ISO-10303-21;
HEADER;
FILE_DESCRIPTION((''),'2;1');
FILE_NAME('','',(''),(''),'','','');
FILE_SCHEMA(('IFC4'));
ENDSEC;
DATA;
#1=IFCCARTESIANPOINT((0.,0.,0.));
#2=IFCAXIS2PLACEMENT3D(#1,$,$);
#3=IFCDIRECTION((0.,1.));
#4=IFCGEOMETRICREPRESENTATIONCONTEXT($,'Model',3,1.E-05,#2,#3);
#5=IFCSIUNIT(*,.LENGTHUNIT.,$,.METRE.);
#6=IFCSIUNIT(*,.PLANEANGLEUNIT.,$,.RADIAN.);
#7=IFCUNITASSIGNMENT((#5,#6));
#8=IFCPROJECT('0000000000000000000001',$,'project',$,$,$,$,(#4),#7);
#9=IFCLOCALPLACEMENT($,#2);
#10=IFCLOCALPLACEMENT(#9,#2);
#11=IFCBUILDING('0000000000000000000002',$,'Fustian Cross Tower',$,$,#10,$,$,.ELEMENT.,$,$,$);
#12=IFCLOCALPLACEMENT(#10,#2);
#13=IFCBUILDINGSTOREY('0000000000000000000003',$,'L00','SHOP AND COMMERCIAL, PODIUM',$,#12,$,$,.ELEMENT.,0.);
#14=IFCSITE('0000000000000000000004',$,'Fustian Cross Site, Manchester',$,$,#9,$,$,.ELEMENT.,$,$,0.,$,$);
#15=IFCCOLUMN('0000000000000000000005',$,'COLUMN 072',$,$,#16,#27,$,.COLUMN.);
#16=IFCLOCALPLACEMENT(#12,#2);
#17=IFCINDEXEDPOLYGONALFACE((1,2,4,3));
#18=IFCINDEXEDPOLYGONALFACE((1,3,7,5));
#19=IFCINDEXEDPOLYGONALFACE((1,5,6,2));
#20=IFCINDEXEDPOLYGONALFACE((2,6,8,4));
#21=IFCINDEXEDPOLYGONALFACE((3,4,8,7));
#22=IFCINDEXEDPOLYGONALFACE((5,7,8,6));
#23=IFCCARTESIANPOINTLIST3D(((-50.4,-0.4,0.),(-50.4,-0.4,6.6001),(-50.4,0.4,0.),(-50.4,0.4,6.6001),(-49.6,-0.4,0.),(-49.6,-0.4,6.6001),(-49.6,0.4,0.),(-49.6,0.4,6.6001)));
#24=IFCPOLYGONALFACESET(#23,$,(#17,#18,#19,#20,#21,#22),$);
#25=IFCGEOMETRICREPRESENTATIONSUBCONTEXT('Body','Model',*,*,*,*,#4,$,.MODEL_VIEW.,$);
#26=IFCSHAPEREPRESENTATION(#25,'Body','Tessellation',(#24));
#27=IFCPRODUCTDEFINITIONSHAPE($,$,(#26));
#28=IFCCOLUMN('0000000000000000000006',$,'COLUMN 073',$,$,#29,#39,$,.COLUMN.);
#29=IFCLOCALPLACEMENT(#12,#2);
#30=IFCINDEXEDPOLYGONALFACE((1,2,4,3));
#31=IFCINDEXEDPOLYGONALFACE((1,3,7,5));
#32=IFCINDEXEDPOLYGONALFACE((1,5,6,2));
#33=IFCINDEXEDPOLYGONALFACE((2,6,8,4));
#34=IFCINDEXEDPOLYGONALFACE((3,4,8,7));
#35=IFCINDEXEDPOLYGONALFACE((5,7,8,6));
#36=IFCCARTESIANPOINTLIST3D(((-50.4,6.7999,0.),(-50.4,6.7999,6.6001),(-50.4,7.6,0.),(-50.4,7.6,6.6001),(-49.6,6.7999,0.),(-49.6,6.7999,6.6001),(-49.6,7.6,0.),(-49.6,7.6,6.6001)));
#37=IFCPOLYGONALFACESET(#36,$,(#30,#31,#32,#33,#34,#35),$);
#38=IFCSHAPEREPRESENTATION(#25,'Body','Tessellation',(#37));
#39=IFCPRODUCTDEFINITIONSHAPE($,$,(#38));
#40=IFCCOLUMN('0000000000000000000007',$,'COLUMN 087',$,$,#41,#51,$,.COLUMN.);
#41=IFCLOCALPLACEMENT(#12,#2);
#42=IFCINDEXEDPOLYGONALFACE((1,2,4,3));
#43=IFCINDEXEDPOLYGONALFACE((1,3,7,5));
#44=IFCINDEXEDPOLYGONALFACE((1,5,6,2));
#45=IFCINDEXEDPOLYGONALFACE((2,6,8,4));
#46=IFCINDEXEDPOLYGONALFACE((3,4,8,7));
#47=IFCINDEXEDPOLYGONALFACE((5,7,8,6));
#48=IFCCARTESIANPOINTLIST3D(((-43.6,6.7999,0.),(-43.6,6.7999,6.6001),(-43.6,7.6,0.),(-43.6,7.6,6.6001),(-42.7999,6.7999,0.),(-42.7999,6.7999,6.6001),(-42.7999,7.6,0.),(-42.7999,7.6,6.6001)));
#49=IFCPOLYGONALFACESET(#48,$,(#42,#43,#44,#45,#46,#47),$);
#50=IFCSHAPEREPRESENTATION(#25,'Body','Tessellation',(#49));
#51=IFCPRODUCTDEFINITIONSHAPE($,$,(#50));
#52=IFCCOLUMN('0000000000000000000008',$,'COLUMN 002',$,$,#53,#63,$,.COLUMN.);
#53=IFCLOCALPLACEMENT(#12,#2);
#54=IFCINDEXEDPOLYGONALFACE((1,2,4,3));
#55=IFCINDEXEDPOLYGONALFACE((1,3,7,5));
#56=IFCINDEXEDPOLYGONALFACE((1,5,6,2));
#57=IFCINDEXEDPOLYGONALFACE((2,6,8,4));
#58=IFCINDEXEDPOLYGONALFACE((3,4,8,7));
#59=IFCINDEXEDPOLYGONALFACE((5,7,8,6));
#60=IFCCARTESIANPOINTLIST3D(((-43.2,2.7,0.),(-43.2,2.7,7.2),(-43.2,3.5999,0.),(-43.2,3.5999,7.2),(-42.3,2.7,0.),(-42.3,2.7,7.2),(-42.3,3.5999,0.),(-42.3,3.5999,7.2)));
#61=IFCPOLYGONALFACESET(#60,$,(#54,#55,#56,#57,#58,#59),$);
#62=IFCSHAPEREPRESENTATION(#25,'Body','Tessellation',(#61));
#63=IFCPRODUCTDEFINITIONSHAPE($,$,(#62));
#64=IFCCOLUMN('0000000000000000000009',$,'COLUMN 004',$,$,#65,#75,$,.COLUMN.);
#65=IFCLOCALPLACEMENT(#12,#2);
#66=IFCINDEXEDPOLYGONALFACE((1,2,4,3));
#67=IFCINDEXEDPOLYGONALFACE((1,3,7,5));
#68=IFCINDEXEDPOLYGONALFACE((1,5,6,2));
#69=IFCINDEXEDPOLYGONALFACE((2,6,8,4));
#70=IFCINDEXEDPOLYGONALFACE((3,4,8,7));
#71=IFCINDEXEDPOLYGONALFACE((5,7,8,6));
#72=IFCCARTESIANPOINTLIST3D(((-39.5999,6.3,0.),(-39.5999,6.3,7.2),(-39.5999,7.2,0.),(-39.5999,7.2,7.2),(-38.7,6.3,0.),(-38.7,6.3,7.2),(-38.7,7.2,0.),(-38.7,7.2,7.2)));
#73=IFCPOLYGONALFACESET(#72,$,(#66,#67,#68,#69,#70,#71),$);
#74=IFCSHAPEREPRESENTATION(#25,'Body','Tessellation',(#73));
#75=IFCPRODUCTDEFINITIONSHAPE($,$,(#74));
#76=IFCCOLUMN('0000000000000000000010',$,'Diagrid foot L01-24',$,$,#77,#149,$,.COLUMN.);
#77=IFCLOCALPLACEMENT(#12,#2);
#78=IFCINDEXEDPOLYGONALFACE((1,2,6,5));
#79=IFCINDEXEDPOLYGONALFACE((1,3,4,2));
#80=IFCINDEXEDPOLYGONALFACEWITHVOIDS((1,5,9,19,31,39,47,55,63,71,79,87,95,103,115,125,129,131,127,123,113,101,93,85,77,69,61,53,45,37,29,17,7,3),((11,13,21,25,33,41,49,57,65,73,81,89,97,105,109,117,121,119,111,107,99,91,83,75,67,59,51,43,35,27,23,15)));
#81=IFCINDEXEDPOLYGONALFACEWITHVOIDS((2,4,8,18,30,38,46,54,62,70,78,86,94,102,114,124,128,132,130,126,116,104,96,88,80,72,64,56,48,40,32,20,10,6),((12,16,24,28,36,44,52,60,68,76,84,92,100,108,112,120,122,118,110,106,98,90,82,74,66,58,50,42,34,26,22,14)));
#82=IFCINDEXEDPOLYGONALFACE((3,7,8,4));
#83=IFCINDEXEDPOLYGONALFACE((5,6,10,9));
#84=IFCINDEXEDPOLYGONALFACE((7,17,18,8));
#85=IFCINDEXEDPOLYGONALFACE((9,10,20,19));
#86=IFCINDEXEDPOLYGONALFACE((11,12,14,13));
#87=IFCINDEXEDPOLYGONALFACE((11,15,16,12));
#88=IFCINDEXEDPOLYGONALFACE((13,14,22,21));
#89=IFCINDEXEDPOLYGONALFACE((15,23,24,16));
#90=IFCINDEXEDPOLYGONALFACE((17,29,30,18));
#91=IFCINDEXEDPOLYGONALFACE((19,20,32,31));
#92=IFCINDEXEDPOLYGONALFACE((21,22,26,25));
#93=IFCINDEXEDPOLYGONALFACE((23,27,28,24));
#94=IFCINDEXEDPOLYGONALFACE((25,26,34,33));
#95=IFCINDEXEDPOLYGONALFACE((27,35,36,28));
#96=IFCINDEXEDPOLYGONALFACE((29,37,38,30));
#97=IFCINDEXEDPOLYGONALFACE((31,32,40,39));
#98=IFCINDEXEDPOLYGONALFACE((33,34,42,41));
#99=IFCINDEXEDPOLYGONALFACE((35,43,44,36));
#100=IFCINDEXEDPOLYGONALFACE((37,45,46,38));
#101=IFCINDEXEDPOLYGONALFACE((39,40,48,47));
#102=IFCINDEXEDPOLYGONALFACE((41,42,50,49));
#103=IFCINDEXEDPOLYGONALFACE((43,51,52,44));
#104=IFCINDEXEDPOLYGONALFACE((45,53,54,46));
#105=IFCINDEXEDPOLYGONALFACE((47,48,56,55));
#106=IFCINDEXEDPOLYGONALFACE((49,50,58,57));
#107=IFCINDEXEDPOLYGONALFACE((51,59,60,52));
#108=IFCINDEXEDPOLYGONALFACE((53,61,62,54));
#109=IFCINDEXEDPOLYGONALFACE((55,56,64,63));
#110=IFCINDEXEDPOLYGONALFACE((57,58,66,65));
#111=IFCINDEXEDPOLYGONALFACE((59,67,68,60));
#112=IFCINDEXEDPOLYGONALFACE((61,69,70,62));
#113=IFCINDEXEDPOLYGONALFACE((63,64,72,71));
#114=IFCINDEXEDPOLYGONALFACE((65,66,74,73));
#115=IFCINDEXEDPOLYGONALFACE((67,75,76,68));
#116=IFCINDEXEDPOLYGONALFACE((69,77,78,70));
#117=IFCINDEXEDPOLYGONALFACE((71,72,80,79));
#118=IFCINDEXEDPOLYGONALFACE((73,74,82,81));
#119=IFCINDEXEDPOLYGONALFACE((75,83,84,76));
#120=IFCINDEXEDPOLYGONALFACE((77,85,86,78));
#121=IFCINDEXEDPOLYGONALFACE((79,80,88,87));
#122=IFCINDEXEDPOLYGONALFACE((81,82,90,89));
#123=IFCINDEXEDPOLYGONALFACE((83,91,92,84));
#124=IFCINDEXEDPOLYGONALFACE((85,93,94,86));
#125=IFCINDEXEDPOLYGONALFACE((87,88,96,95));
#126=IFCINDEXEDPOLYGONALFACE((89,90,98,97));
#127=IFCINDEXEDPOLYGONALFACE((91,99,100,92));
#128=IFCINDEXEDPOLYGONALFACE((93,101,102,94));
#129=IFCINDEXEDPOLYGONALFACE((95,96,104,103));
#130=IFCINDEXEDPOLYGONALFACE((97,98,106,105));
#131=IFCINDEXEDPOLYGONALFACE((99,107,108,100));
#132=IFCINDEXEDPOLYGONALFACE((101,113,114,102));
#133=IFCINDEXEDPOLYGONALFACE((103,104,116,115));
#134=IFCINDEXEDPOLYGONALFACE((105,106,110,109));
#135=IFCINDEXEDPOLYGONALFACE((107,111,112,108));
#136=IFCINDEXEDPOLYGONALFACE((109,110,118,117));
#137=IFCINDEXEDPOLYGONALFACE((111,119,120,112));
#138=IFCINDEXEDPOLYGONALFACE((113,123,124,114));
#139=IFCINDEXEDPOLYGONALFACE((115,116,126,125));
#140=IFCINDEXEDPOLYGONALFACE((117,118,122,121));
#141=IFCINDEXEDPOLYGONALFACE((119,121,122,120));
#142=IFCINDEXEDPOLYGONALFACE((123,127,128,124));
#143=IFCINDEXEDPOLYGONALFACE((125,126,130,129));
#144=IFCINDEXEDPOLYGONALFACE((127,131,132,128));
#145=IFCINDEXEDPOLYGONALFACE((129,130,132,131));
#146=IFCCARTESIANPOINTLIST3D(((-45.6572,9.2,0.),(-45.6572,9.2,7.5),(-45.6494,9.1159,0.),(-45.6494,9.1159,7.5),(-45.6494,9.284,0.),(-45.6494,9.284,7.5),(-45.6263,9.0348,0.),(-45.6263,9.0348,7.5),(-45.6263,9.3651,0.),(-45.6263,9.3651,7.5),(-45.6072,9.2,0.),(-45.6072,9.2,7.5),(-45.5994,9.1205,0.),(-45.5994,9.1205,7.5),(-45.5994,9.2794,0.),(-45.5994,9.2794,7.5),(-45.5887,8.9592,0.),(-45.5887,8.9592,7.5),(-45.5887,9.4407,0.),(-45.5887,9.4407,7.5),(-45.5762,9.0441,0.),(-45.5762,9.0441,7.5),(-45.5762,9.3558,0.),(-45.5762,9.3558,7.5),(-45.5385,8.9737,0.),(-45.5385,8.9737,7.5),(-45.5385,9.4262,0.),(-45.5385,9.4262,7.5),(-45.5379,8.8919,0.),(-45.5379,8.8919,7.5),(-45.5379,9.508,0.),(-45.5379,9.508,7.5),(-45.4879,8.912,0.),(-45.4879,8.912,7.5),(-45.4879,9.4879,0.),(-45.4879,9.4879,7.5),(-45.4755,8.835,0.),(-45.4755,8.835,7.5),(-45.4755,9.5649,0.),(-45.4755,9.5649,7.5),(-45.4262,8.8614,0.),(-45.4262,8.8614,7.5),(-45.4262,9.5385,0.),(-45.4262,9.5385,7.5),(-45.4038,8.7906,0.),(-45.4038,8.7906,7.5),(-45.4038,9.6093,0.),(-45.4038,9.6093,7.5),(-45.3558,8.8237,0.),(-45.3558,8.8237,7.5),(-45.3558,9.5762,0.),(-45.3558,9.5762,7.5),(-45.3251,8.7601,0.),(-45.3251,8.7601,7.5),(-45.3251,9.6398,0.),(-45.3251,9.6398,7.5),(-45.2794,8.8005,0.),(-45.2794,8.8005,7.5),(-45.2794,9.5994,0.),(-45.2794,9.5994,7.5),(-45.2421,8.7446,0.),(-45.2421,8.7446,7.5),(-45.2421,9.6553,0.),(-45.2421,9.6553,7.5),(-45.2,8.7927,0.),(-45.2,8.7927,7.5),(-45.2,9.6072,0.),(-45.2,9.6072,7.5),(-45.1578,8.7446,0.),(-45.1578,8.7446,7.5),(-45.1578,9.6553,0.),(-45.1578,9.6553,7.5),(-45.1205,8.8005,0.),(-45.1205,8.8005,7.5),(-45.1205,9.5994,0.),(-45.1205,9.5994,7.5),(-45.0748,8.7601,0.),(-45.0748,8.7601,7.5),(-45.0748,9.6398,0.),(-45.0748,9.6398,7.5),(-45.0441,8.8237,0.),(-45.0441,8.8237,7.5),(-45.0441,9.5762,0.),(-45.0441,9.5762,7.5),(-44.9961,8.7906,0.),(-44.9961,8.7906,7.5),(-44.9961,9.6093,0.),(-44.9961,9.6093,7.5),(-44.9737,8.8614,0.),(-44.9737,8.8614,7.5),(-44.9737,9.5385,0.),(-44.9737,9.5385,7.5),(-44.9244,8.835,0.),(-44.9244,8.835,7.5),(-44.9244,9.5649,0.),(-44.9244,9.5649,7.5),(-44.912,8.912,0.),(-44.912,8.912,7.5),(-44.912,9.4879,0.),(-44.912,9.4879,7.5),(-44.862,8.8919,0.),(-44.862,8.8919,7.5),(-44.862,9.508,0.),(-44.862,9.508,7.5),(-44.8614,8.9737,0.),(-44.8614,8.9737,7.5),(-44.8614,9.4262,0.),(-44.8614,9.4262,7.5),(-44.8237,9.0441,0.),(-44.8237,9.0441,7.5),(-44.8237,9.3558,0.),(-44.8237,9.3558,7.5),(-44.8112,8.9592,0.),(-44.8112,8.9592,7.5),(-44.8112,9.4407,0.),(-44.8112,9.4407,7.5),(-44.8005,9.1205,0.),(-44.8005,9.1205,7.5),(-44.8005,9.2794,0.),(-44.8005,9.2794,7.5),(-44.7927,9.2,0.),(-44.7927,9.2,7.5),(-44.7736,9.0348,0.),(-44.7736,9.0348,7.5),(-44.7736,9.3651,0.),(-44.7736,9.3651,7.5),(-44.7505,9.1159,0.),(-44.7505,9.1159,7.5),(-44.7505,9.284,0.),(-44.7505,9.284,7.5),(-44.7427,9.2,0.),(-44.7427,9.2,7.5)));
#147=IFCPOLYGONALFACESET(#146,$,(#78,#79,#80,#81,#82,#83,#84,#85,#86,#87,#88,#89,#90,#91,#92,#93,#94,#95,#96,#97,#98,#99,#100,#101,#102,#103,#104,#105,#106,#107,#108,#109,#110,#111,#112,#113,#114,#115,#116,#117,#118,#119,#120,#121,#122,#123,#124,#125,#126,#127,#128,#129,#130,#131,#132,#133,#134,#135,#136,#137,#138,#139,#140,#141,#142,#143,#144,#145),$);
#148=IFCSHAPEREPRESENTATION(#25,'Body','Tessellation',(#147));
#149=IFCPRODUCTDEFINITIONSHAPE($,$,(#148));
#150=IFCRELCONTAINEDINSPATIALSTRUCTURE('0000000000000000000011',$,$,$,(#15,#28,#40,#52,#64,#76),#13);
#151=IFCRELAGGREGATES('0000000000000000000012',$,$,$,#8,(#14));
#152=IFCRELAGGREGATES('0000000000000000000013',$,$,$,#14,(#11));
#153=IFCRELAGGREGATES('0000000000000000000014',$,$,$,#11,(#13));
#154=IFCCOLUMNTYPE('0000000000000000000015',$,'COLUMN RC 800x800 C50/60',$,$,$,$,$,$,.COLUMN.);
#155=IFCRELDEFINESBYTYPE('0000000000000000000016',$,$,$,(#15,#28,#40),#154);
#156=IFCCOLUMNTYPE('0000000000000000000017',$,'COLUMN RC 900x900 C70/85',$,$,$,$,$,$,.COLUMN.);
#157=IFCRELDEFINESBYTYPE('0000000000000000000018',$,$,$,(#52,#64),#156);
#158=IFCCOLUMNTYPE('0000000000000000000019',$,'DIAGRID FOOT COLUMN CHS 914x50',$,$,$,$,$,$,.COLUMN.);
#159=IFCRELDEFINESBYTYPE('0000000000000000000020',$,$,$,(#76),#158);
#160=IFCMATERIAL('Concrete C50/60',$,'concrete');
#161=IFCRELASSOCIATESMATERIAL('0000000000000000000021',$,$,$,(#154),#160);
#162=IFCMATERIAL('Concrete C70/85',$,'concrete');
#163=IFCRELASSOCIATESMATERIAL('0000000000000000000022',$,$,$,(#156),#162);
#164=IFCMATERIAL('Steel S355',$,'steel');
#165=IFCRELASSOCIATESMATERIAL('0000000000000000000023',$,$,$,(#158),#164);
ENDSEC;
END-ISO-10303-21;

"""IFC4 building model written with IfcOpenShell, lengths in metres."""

from ifc_helpers import new_model, si_unit, direction, frame, origin, origin_2d, place, context, subcontext, project, spatial, rectangle, hollow_circle, extrude, material, material_profile, profile_set, type_object, element, save


model = new_model("IFC4")

# Units and contexts
model_context = context("Model", 3, precision=1e-05, world=origin(), true_north=direction((0.0, 1.0)))
body_context = subcontext(model_context, "Body", "Model", "MODEL_VIEW")
ifc_project = project(units=[si_unit("LENGTHUNIT", "METRE"), si_unit("PLANEANGLEUNIT", "RADIAN")], contexts=[model_context])

# Site, building, storey
site_placement = place(None, origin())
site = spatial("IfcSite", under=ifc_project, at=site_placement, Name="Fustian Cross Site, Manchester", CompositionType="ELEMENT", RefElevation=0.0)
building_placement = place(site_placement, origin())
building = spatial("IfcBuilding", under=site, at=building_placement, Name="Fustian Cross Tower", CompositionType="ELEMENT")
storey_placement = place(building_placement, origin())
storey = spatial("IfcBuildingStorey", under=building, at=storey_placement, Name="L00", Description="SHOP AND COMMERCIAL, PODIUM", CompositionType="ELEMENT", Elevation=0.0)

# Columns
ifc_material_1 = material(Name="Concrete C50/60", Category="concrete")
ifc_material_profile_1 = material_profile(ifc_material_1, rectangle(XDim=0.8, YDim=0.8, at=origin_2d()), Name="RC 800x800")
ifc_profile_set_1 = profile_set([ifc_material_profile_1], Name="Concrete C50/60")
column_type_1 = type_object("IfcColumnType", Name="COLUMN RC 800x800 C50/60", PredefinedType="COLUMN", material=ifc_profile_set_1)
for number, where, z_axis, x_axis, name in (
    (1, (-50.0, 0.0, 0.0), (0.0, 0.0, 1.0), (1.0, 0.0, 0.0), "COLUMN 072"),
    (2, (-50.0, 7.2, 0.0), (0.0, 0.0, 1.0), (1.0, 0.0, 0.0), "COLUMN 073"),
    (3, (-43.2, 7.2, 0.0), (0.0, 0.0, 1.0), (1.0, 0.0, 0.0), "COLUMN 087"),
):
    element("IfcColumn", number, at=place(storey_placement, frame(where, z_axis=z_axis, x_axis=x_axis)), inside=storey, type_object=column_type_1, Name=name, PredefinedType="COLUMN", context=body_context, shape_type="SweptSolid", body=[
        extrude(rectangle(XDim=0.8, YDim=0.8, at=origin_2d()), origin(), (0.0, 0.0, 1.0), 6.6001),
    ])
ifc_material_2 = material(Name="Concrete C70/85", Category="concrete")
ifc_material_profile_2 = material_profile(ifc_material_2, rectangle(XDim=0.8999, YDim=0.8999, at=origin_2d()), Name="RC 900x900")
ifc_profile_set_2 = profile_set([ifc_material_profile_2], Name="Concrete C70/85")
column_type_2 = type_object("IfcColumnType", Name="COLUMN RC 900x900 C70/85", PredefinedType="COLUMN", material=ifc_profile_set_2)
for number, where, z_axis, x_axis, name in (
    (4, (-42.75, 3.1499, 0.0), (0.0, 0.0, 1.0), (1.0, 0.0, 0.0), "COLUMN 002"),
    (5, (-39.1499, 6.75, 0.0), (0.0, 0.0, 1.0), (1.0, 0.0, 0.0), "COLUMN 004"),
):
    element("IfcColumn", number, at=place(storey_placement, frame(where, z_axis=z_axis, x_axis=x_axis)), inside=storey, type_object=column_type_2, Name=name, PredefinedType="COLUMN", context=body_context, shape_type="SweptSolid", body=[
        extrude(rectangle(XDim=0.8999, YDim=0.8999, at=origin_2d()), origin(), (0.0, 0.0, 1.0), 7.2),
    ])
ifc_material_3 = material(Name="Steel S355", Category="steel")
ifc_material_profile_3 = material_profile(ifc_material_3, hollow_circle(Radius=0.4573, WallThickness=0.05, at=origin_2d()), Name="CHS 914x50")
ifc_profile_set_3 = profile_set([ifc_material_profile_3], Name="Steel S355")
column_type_3 = type_object("IfcColumnType", Name="DIAGRID FOOT COLUMN CHS 914x50", PredefinedType="COLUMN", material=ifc_profile_set_3)
for number, where, z_axis, x_axis, name in (
    (6, (-45.2, 9.2, 0.0), (0.0, 0.0, 1.0), (1.0, 0.0, 0.0), "Diagrid foot L01-24"),
):
    element("IfcColumn", number, at=place(storey_placement, frame(where, z_axis=z_axis, x_axis=x_axis)), inside=storey, type_object=column_type_3, Name=name, PredefinedType="COLUMN", context=body_context, shape_type="SweptSolid", body=[
        extrude(hollow_circle(Radius=0.4573, WallThickness=0.05, at=origin_2d()), origin(), (0.0, 0.0, 1.0), 7.5),
    ])

save(model, "model.ifc")
